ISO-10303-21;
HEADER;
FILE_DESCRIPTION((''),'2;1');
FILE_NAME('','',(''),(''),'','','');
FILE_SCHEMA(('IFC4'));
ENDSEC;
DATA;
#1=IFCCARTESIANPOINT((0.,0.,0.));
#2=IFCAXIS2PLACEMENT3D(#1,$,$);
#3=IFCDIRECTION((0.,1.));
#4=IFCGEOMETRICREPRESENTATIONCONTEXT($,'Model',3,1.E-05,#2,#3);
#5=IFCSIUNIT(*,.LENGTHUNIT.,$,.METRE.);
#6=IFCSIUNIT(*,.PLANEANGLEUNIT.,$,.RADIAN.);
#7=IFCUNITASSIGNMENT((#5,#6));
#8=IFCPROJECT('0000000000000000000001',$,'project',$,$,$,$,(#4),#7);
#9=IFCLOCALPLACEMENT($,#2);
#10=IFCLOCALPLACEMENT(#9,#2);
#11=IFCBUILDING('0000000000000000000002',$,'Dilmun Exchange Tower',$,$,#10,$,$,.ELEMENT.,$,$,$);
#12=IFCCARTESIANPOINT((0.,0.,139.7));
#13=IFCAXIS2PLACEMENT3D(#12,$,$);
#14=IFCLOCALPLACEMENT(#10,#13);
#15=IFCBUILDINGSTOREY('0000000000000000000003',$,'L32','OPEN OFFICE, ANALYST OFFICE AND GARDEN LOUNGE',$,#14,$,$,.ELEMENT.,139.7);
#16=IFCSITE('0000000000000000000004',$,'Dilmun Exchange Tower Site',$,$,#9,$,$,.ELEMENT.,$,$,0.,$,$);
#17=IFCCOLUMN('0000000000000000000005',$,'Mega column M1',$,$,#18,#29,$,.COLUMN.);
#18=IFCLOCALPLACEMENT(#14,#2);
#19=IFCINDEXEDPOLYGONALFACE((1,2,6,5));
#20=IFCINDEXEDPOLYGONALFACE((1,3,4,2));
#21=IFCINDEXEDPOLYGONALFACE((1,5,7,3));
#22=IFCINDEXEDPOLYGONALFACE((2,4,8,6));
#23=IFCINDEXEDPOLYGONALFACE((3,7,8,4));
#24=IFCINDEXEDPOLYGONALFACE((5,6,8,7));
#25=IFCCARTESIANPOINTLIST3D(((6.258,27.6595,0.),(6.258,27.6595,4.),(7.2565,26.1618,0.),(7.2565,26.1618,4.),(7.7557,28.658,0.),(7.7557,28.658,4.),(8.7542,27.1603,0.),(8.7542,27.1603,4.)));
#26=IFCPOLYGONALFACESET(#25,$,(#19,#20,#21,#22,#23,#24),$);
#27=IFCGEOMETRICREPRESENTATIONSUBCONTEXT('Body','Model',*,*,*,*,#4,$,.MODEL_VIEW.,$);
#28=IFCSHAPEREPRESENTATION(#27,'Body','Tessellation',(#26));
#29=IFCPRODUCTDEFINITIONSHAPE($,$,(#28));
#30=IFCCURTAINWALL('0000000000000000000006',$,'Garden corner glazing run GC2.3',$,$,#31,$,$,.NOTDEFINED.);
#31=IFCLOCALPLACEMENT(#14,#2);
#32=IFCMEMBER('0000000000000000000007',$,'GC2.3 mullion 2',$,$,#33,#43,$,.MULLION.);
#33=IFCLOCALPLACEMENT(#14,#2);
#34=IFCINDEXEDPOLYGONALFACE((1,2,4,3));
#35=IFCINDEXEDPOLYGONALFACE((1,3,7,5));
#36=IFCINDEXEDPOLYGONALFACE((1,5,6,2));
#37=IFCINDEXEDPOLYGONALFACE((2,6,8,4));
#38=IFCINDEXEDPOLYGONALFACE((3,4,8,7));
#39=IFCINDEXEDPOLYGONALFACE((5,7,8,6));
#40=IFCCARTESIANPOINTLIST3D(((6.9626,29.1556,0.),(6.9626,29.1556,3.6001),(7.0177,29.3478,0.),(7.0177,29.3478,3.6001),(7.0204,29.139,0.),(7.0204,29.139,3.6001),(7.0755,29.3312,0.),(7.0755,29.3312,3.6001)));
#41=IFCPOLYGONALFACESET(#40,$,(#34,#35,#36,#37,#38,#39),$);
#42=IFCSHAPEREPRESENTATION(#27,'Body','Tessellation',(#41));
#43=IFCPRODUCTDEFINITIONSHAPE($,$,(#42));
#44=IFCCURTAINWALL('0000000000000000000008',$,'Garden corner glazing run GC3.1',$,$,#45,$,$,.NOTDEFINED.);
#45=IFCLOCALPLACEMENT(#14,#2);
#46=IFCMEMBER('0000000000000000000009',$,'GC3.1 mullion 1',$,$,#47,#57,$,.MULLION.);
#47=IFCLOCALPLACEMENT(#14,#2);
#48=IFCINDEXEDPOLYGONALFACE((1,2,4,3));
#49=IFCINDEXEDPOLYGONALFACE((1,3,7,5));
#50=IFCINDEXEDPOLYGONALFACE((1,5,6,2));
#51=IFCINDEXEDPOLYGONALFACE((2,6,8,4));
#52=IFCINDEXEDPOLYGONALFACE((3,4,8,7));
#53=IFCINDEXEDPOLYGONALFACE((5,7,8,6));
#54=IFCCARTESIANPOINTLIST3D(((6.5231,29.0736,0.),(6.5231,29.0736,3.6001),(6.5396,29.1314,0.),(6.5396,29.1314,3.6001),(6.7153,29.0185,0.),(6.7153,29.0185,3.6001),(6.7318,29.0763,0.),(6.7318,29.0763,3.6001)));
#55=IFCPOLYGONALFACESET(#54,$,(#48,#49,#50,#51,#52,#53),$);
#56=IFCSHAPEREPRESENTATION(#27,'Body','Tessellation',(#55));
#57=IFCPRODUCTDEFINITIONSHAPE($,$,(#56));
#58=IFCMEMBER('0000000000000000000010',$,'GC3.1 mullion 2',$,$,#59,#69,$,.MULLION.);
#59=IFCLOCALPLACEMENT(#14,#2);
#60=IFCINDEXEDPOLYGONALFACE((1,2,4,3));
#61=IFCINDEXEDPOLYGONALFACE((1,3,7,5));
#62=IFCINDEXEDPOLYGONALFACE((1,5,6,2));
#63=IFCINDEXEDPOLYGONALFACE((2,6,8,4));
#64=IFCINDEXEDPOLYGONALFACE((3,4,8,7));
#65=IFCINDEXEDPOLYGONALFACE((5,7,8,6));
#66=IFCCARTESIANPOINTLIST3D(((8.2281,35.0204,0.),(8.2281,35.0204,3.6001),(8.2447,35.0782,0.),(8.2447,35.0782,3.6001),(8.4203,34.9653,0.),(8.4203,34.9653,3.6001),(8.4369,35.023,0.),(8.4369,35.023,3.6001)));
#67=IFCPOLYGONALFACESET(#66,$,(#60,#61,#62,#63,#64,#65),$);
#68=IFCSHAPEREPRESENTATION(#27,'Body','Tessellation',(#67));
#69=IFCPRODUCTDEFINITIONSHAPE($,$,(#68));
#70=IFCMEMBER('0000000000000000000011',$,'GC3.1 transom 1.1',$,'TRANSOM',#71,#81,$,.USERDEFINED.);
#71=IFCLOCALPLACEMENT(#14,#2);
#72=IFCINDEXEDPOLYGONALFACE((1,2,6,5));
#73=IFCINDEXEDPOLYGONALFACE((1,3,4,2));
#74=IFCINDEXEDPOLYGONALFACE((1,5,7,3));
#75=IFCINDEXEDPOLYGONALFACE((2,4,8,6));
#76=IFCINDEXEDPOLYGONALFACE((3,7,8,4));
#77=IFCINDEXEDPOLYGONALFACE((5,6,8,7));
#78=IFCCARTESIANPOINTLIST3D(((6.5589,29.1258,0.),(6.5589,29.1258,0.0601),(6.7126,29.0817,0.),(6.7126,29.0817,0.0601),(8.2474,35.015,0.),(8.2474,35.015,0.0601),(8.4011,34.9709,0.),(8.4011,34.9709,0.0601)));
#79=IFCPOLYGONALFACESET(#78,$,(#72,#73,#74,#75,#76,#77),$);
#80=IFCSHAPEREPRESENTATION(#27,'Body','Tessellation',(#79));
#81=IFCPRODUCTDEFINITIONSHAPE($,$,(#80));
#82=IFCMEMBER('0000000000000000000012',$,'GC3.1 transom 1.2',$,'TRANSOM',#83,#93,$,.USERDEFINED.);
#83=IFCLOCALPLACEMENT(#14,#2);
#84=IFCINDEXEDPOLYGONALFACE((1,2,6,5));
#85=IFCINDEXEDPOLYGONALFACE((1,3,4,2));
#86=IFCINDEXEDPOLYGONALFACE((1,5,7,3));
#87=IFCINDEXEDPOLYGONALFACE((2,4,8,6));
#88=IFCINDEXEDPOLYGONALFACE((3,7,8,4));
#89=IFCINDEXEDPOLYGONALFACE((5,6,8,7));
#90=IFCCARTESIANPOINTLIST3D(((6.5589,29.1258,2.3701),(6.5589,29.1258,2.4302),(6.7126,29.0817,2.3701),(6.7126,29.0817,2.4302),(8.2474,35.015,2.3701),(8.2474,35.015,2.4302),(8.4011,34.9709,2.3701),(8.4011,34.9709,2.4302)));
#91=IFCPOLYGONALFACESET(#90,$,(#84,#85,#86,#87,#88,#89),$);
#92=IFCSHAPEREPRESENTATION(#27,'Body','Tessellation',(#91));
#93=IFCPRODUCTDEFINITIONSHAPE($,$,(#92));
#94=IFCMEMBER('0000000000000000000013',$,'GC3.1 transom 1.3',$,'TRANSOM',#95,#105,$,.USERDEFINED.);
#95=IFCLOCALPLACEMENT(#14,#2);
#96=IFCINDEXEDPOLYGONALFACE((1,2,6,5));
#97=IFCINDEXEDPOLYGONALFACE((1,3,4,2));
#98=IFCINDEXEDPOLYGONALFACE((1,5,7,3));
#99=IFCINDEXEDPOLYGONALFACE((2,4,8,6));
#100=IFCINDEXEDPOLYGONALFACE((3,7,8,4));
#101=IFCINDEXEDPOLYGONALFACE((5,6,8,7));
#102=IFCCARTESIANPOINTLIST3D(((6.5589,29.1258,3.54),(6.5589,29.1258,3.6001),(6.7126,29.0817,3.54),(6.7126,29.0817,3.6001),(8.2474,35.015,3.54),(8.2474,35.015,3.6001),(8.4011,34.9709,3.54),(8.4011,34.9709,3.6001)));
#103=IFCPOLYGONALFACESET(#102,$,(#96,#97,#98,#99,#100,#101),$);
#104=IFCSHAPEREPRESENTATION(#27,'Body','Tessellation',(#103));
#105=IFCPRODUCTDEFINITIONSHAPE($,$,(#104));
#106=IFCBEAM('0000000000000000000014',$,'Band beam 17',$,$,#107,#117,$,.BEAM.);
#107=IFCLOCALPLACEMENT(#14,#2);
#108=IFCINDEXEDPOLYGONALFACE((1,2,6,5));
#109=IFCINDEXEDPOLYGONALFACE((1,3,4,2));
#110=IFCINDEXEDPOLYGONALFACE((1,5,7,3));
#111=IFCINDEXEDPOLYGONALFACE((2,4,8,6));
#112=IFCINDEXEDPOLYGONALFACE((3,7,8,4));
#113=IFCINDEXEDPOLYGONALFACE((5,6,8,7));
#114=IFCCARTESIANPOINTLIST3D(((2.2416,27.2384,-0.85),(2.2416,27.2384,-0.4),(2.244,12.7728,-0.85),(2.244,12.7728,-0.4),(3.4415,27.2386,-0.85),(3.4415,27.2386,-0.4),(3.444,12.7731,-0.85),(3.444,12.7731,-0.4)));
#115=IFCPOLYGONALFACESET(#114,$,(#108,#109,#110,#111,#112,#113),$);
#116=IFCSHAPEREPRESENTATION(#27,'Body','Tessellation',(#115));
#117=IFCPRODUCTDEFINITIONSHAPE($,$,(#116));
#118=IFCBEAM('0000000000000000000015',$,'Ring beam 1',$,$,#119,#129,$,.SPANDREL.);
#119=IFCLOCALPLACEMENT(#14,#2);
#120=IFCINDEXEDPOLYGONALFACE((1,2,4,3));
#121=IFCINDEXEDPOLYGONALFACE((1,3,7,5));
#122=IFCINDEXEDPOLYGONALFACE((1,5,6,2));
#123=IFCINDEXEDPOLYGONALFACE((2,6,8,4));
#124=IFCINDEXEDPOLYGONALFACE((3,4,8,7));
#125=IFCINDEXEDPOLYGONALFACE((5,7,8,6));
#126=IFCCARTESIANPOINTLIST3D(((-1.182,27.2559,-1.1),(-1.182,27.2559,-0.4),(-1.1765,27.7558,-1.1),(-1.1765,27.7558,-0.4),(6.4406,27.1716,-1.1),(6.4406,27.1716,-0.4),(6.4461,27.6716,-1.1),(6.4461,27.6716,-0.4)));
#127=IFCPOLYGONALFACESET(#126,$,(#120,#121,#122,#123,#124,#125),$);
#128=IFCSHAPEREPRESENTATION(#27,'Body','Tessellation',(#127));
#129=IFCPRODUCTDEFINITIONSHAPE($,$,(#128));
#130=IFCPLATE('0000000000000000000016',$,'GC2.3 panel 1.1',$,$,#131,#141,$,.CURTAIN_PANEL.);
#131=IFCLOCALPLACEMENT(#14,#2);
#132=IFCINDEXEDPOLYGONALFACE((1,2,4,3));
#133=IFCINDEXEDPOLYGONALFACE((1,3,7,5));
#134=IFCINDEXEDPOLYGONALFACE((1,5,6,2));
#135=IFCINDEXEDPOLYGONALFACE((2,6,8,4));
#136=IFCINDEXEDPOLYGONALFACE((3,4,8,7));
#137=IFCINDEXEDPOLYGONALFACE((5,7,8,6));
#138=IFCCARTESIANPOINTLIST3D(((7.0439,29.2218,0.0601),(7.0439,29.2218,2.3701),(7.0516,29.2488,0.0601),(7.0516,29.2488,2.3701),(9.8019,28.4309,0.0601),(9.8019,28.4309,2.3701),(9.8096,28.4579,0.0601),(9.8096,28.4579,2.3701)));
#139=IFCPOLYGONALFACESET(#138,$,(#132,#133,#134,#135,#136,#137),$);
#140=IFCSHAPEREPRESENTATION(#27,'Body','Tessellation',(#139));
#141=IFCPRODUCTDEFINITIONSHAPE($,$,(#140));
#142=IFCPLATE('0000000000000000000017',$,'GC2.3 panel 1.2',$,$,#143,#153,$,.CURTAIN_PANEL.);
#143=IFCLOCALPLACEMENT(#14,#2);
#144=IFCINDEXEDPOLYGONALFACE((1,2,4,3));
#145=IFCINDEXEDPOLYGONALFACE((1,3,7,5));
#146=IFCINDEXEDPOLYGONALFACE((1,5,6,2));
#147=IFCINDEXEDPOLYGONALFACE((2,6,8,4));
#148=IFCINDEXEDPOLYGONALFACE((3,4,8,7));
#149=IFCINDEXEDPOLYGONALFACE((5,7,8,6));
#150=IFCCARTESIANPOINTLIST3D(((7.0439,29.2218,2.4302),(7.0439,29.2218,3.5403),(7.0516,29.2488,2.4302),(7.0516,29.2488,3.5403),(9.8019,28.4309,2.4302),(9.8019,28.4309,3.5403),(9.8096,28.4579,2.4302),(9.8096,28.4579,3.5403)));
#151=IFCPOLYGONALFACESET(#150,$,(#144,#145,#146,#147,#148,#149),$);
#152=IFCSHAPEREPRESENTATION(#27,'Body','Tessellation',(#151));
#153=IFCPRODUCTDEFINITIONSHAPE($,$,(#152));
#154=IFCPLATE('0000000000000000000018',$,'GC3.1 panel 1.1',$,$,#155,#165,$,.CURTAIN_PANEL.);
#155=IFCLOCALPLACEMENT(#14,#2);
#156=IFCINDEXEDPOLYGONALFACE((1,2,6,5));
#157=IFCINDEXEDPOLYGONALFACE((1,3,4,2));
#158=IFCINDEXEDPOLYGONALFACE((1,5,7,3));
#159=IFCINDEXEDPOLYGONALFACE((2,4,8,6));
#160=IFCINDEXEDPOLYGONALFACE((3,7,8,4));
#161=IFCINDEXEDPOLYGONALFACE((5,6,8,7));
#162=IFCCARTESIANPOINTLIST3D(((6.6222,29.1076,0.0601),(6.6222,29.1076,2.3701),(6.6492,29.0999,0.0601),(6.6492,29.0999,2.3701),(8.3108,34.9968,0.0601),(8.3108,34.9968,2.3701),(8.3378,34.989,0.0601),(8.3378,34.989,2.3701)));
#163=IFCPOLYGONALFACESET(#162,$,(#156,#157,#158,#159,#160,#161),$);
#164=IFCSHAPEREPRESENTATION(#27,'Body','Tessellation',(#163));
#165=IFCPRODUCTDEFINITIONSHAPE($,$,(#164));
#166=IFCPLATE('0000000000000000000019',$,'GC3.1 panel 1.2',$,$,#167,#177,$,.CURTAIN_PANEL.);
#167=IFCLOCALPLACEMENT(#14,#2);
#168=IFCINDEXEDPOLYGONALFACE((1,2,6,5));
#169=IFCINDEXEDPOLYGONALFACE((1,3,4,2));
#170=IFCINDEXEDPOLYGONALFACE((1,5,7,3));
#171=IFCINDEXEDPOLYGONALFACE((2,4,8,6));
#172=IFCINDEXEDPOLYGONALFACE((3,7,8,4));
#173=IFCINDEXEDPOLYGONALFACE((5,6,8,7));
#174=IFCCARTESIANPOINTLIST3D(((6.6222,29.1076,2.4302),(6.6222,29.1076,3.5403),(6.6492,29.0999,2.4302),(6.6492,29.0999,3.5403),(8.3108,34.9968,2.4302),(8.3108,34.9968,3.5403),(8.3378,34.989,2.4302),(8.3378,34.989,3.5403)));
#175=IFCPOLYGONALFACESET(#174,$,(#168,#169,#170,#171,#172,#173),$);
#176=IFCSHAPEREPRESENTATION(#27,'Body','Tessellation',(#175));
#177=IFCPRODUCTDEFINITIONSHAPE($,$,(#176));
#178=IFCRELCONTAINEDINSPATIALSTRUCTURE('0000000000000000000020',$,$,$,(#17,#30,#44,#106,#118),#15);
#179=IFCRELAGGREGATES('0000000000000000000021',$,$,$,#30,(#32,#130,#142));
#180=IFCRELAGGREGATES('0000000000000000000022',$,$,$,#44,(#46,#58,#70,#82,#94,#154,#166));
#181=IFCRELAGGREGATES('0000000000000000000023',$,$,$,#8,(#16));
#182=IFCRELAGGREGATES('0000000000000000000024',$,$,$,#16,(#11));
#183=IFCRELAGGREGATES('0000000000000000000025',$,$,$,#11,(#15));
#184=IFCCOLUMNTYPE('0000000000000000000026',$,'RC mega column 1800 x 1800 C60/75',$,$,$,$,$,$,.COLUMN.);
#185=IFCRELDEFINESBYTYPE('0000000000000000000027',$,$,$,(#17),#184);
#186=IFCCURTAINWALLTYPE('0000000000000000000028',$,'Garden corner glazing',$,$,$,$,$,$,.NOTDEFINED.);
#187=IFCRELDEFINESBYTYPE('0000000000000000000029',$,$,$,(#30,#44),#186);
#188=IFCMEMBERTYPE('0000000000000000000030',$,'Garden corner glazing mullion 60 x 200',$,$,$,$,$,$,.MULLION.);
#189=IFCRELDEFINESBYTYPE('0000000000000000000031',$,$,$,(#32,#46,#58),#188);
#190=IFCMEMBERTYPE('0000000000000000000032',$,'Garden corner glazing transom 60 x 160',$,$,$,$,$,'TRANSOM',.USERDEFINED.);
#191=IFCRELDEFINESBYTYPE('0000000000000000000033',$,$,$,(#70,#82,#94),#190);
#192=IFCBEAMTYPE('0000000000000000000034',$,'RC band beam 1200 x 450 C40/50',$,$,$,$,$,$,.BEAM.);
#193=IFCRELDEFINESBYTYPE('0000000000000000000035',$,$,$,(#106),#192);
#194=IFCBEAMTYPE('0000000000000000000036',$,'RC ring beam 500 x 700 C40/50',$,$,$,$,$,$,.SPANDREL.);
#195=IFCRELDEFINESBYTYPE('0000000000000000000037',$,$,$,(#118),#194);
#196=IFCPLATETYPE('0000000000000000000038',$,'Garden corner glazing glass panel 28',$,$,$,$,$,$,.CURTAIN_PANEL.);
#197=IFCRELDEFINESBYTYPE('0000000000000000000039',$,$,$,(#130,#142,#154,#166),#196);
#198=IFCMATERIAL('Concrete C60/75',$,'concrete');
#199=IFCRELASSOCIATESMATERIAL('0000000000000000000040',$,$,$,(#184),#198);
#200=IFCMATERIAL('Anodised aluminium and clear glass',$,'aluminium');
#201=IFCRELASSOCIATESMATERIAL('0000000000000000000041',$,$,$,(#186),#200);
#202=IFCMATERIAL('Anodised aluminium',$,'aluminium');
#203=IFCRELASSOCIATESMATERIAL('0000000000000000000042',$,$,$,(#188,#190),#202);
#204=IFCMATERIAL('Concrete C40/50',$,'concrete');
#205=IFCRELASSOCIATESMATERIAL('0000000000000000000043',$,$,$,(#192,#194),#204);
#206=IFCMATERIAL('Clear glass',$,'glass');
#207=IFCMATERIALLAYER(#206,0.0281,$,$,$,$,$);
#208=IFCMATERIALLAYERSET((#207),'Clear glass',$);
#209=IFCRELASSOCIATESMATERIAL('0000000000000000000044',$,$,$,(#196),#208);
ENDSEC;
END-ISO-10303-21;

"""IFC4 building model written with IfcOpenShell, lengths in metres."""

from ifc_helpers import new_model, si_unit, direction, frame, origin, origin_2d, place, context, subcontext, project, spatial, rectangle, extrude, material, layer, layer_set, material_profile, profile_set, type_object, element, aggregate, save


model = new_model("IFC4")

# Units and contexts
model_context = context("Model", 3, precision=1e-05, world=origin(), true_north=direction((0.0, 1.0)))
body_context = subcontext(model_context, "Body", "Model", "MODEL_VIEW")
ifc_project = project(units=[si_unit("LENGTHUNIT", "METRE"), si_unit("PLANEANGLEUNIT", "RADIAN")], contexts=[model_context])

# Site, building, storey
site_placement = place(None, origin())
site = spatial("IfcSite", under=ifc_project, at=site_placement, Name="Dilmun Exchange Tower Site", CompositionType="ELEMENT", RefElevation=0.0)
building_placement = place(site_placement, origin())
building = spatial("IfcBuilding", under=site, at=building_placement, Name="Dilmun Exchange Tower", CompositionType="ELEMENT")
storey_placement = place(building_placement, frame((0.0, 0.0, 139.7)))
storey = spatial("IfcBuildingStorey", under=building, at=storey_placement, Name="L32", Description="OPEN OFFICE, ANALYST OFFICE AND GARDEN LOUNGE", CompositionType="ELEMENT", Elevation=139.7)

# Column
ifc_material_1 = material(Name="Concrete C60/75", Category="concrete")
ifc_material_profile_1 = material_profile(ifc_material_1, rectangle(XDim=1.8, YDim=1.8, at=origin_2d()), Name="1800 x 1800")
ifc_profile_set_1 = profile_set([ifc_material_profile_1], Name="Concrete C60/75")
column_type = type_object("IfcColumnType", Name="RC mega column 1800 x 1800 C60/75", PredefinedType="COLUMN", material=ifc_profile_set_1)
column_placement = place(storey_placement, frame((7.5061, 27.4099, 0.0), z_axis=(0.0, 0.0, 1.0), x_axis=(0.832029, 0.554733, 0.0)))
element("IfcColumn", 1, at=column_placement, inside=storey, type_object=column_type, Name="Mega column M1", PredefinedType="COLUMN", context=body_context, shape_type="SweptSolid", body=[
    extrude(rectangle(XDim=1.8, YDim=1.8, at=origin_2d()), origin(), (0.0, 0.0, 1.0), 4.0),
])

# Curtain wall, member
ifc_material_2 = material(Name="Anodised aluminium and clear glass", Category="aluminium")
curtain_wall_type = type_object("IfcCurtainWallType", Name="Garden corner glazing", PredefinedType="NOTDEFINED", material=ifc_material_2)
curtain_wall_1_placement = place(storey_placement, origin())
curtain_wall_1 = element("IfcCurtainWall", 2, at=curtain_wall_1_placement, inside=storey, type_object=curtain_wall_type, Name="Garden corner glazing run GC2.3", PredefinedType="NOTDEFINED")
ifc_material_3 = material(Name="Anodised aluminium", Category="aluminium")
ifc_material_profile_2 = material_profile(ifc_material_3, rectangle(XDim=0.2, YDim=0.0601, at=origin_2d()), Name="AL 60x200")
ifc_profile_set_2 = profile_set([ifc_material_profile_2], Name="Anodised aluminium")
member_type_1 = type_object("IfcMemberType", Name="Garden corner glazing mullion 60 x 200", PredefinedType="MULLION", material=ifc_profile_set_2)
member_1_placement = place(storey_placement, frame((7.019, 29.2434, 0.0), z_axis=(0.0, 0.0, 1.0), x_axis=(-0.275636, -0.961262, 0.0)))
member_1 = element("IfcMember", 3, at=member_1_placement, type_object=member_type_1, Name="GC2.3 mullion 2", PredefinedType="MULLION", context=body_context, shape_type="SweptSolid", body=[
    extrude(rectangle(XDim=0.2, YDim=0.0601, at=origin_2d()), origin(), (0.0, 0.0, 1.0), 3.6001),
])

# Curtain wall, members
curtain_wall_2_placement = place(storey_placement, origin())
curtain_wall_2 = element("IfcCurtainWall", 4, at=curtain_wall_2_placement, inside=storey, type_object=curtain_wall_type, Name="Garden corner glazing run GC3.1", PredefinedType="NOTDEFINED")
member_2_placement = place(storey_placement, frame((6.6274, 29.075, 0.0), z_axis=(0.0, 0.0, 1.0), x_axis=(-0.961264, 0.275628, 0.0)))
member_2 = element("IfcMember", 5, at=member_2_placement, type_object=member_type_1, Name="GC3.1 mullion 1", PredefinedType="MULLION", context=body_context, shape_type="SweptSolid", body=[
    extrude(rectangle(XDim=0.2, YDim=0.0601, at=origin_2d()), origin(), (0.0, 0.0, 1.0), 3.6001),
])
member_3_placement = place(storey_placement, frame((8.3325, 35.0217, 0.0), z_axis=(0.0, 0.0, 1.0), x_axis=(-0.961264, 0.275628, 0.0)))
member_3 = element("IfcMember", 6, at=member_3_placement, type_object=member_type_1, Name="GC3.1 mullion 2", PredefinedType="MULLION", context=body_context, shape_type="SweptSolid", body=[
    extrude(rectangle(XDim=0.2, YDim=0.0601, at=origin_2d()), origin(), (0.0, 0.0, 1.0), 3.6001),
])
ifc_material_profile_3 = material_profile(ifc_material_3, rectangle(XDim=0.1599, YDim=0.0601, at=origin_2d()), Name="AL 60x160")
ifc_profile_set_3 = profile_set([ifc_material_profile_3], Name="Anodised aluminium")
member_type_2 = type_object("IfcMemberType", Name="Garden corner glazing transom 60 x 160", ElementType="TRANSOM", PredefinedType="USERDEFINED", material=ifc_profile_set_3)
member_4_placement = place(storey_placement, frame((6.6357, 29.1038, 0.03), z_axis=(0.275605, 0.961271, 0.0), x_axis=(-0.961271, 0.275605, 0.0)))
member_4 = element("IfcMember", 7, at=member_4_placement, type_object=member_type_2, Name="GC3.1 transom 1.1", ObjectType="TRANSOM", PredefinedType="USERDEFINED", context=body_context, shape_type="SweptSolid", body=[
    extrude(rectangle(XDim=0.1599, YDim=0.0601, at=origin_2d()), origin(), (0.0, 0.0, 1.0), 6.1265),
])
member_5_placement = place(storey_placement, frame((6.6357, 29.1038, 2.4001), z_axis=(0.275605, 0.961271, 0.0), x_axis=(-0.961271, 0.275605, 0.0)))
member_5 = element("IfcMember", 8, at=member_5_placement, type_object=member_type_2, Name="GC3.1 transom 1.2", ObjectType="TRANSOM", PredefinedType="USERDEFINED", context=body_context, shape_type="SweptSolid", body=[
    extrude(rectangle(XDim=0.1599, YDim=0.0601, at=origin_2d()), origin(), (0.0, 0.0, 1.0), 6.1265),
])
member_6_placement = place(storey_placement, frame((6.6357, 29.1038, 3.5701), z_axis=(0.275605, 0.961271, 0.0), x_axis=(-0.961271, 0.275605, 0.0)))
member_6 = element("IfcMember", 9, at=member_6_placement, type_object=member_type_2, Name="GC3.1 transom 1.3", ObjectType="TRANSOM", PredefinedType="USERDEFINED", context=body_context, shape_type="SweptSolid", body=[
    extrude(rectangle(XDim=0.1599, YDim=0.0601, at=origin_2d()), origin(), (0.0, 0.0, 1.0), 6.1265),
])

# Beams
ifc_material_4 = material(Name="Concrete C40/50", Category="concrete")
ifc_material_profile_4 = material_profile(ifc_material_4, rectangle(XDim=1.2, YDim=0.45, at=origin_2d()), Name="1200 x 450")
ifc_profile_set_4 = profile_set([ifc_material_profile_4], Name="Concrete C40/50")
beam_type_1 = type_object("IfcBeamType", Name="RC band beam 1200 x 450 C40/50", PredefinedType="BEAM", material=ifc_profile_set_4)
beam_1_placement = place(storey_placement, frame((2.8416, 27.2385, -0.625), z_axis=(0.000169, -1.0, 0.0), x_axis=(1.0, 0.000169, 0.0)))
element("IfcBeam", 10, at=beam_1_placement, inside=storey, type_object=beam_type_1, Name="Band beam 17", PredefinedType="BEAM", context=body_context, shape_type="SweptSolid", body=[
    extrude(rectangle(XDim=1.2, YDim=0.45, at=origin_2d()), origin(), (0.0, 0.0, 1.0), 14.4656),
])
ifc_material_profile_5 = material_profile(ifc_material_4, rectangle(XDim=0.5, YDim=0.7, at=origin_2d()), Name="500 x 700")
ifc_profile_set_5 = profile_set([ifc_material_profile_5], Name="Concrete C40/50")
beam_type_2 = type_object("IfcBeamType", Name="RC ring beam 500 x 700 C40/50", PredefinedType="SPANDREL", material=ifc_profile_set_5)
beam_2_placement = place(storey_placement, frame((6.4434, 27.4216, -0.75), z_axis=(-0.999939, 0.011049, 0.0), x_axis=(-0.011049, -0.999939, 0.0)))
element("IfcBeam", 11, at=beam_2_placement, inside=storey, type_object=beam_type_2, Name="Ring beam 1", PredefinedType="SPANDREL", context=body_context, shape_type="SweptSolid", body=[
    extrude(rectangle(XDim=0.5, YDim=0.7, at=origin_2d()), origin(), (0.0, 0.0, 1.0), 7.623),
])

# Plates
ifc_material_5 = material(Name="Clear glass", Category="glass")
ifc_layer_1 = layer(ifc_material_5, 0.0281)
ifc_layer_set_1 = layer_set([ifc_layer_1], Name="Clear glass")
plate_type = type_object("IfcPlateType", Name="Garden corner glazing glass panel 28", PredefinedType="CURTAIN_PANEL", material=ifc_layer_set_1)
plate_1_placement = place(storey_placement, frame((8.4268, 28.8398, 0.0601), z_axis=(0.0, 0.0, 1.0), x_axis=(-0.961262, 0.275636, 0.0)))
plate_1 = element("IfcPlate", 12, at=plate_1_placement, type_object=plate_type, Name="GC2.3 panel 1.1", PredefinedType="CURTAIN_PANEL", context=body_context, shape_type="SweptSolid", body=[
    extrude(rectangle(XDim=2.8691, YDim=0.0281, at=origin_2d()), origin(), (0.0, 0.0, 1.0), 2.3101),
])
plate_2_placement = place(storey_placement, frame((8.4268, 28.8398, 2.4302), z_axis=(0.0, 0.0, 1.0), x_axis=(-0.961262, 0.275636, 0.0)))
plate_2 = element("IfcPlate", 13, at=plate_2_placement, type_object=plate_type, Name="GC2.3 panel 1.2", PredefinedType="CURTAIN_PANEL", context=body_context, shape_type="SweptSolid", body=[
    extrude(rectangle(XDim=2.8691, YDim=0.0281, at=origin_2d()), origin(), (0.0, 0.0, 1.0), 1.1101),
])
aggregate(curtain_wall_1, [member_1, plate_1, plate_2])
plate_3_placement = place(storey_placement, frame((7.48, 32.0483, 0.0601), z_axis=(0.0, 0.0, 1.0), x_axis=(0.275628, 0.961264, 0.0)))
plate_3 = element("IfcPlate", 14, at=plate_3_placement, type_object=plate_type, Name="GC3.1 panel 1.1", PredefinedType="CURTAIN_PANEL", context=body_context, shape_type="SweptSolid", body=[
    extrude(rectangle(XDim=6.1265, YDim=0.0281, at=origin_2d()), origin(), (0.0, 0.0, 1.0), 2.3101),
])
plate_4_placement = place(storey_placement, frame((7.48, 32.0483, 2.4302), z_axis=(0.0, 0.0, 1.0), x_axis=(0.275628, 0.961264, 0.0)))
plate_4 = element("IfcPlate", 15, at=plate_4_placement, type_object=plate_type, Name="GC3.1 panel 1.2", PredefinedType="CURTAIN_PANEL", context=body_context, shape_type="SweptSolid", body=[
    extrude(rectangle(XDim=6.1265, YDim=0.0281, at=origin_2d()), origin(), (0.0, 0.0, 1.0), 1.1101),
])
aggregate(curtain_wall_2, [member_2, member_3, member_4, member_5, member_6, plate_3, plate_4])

save(model, "model.ifc")
